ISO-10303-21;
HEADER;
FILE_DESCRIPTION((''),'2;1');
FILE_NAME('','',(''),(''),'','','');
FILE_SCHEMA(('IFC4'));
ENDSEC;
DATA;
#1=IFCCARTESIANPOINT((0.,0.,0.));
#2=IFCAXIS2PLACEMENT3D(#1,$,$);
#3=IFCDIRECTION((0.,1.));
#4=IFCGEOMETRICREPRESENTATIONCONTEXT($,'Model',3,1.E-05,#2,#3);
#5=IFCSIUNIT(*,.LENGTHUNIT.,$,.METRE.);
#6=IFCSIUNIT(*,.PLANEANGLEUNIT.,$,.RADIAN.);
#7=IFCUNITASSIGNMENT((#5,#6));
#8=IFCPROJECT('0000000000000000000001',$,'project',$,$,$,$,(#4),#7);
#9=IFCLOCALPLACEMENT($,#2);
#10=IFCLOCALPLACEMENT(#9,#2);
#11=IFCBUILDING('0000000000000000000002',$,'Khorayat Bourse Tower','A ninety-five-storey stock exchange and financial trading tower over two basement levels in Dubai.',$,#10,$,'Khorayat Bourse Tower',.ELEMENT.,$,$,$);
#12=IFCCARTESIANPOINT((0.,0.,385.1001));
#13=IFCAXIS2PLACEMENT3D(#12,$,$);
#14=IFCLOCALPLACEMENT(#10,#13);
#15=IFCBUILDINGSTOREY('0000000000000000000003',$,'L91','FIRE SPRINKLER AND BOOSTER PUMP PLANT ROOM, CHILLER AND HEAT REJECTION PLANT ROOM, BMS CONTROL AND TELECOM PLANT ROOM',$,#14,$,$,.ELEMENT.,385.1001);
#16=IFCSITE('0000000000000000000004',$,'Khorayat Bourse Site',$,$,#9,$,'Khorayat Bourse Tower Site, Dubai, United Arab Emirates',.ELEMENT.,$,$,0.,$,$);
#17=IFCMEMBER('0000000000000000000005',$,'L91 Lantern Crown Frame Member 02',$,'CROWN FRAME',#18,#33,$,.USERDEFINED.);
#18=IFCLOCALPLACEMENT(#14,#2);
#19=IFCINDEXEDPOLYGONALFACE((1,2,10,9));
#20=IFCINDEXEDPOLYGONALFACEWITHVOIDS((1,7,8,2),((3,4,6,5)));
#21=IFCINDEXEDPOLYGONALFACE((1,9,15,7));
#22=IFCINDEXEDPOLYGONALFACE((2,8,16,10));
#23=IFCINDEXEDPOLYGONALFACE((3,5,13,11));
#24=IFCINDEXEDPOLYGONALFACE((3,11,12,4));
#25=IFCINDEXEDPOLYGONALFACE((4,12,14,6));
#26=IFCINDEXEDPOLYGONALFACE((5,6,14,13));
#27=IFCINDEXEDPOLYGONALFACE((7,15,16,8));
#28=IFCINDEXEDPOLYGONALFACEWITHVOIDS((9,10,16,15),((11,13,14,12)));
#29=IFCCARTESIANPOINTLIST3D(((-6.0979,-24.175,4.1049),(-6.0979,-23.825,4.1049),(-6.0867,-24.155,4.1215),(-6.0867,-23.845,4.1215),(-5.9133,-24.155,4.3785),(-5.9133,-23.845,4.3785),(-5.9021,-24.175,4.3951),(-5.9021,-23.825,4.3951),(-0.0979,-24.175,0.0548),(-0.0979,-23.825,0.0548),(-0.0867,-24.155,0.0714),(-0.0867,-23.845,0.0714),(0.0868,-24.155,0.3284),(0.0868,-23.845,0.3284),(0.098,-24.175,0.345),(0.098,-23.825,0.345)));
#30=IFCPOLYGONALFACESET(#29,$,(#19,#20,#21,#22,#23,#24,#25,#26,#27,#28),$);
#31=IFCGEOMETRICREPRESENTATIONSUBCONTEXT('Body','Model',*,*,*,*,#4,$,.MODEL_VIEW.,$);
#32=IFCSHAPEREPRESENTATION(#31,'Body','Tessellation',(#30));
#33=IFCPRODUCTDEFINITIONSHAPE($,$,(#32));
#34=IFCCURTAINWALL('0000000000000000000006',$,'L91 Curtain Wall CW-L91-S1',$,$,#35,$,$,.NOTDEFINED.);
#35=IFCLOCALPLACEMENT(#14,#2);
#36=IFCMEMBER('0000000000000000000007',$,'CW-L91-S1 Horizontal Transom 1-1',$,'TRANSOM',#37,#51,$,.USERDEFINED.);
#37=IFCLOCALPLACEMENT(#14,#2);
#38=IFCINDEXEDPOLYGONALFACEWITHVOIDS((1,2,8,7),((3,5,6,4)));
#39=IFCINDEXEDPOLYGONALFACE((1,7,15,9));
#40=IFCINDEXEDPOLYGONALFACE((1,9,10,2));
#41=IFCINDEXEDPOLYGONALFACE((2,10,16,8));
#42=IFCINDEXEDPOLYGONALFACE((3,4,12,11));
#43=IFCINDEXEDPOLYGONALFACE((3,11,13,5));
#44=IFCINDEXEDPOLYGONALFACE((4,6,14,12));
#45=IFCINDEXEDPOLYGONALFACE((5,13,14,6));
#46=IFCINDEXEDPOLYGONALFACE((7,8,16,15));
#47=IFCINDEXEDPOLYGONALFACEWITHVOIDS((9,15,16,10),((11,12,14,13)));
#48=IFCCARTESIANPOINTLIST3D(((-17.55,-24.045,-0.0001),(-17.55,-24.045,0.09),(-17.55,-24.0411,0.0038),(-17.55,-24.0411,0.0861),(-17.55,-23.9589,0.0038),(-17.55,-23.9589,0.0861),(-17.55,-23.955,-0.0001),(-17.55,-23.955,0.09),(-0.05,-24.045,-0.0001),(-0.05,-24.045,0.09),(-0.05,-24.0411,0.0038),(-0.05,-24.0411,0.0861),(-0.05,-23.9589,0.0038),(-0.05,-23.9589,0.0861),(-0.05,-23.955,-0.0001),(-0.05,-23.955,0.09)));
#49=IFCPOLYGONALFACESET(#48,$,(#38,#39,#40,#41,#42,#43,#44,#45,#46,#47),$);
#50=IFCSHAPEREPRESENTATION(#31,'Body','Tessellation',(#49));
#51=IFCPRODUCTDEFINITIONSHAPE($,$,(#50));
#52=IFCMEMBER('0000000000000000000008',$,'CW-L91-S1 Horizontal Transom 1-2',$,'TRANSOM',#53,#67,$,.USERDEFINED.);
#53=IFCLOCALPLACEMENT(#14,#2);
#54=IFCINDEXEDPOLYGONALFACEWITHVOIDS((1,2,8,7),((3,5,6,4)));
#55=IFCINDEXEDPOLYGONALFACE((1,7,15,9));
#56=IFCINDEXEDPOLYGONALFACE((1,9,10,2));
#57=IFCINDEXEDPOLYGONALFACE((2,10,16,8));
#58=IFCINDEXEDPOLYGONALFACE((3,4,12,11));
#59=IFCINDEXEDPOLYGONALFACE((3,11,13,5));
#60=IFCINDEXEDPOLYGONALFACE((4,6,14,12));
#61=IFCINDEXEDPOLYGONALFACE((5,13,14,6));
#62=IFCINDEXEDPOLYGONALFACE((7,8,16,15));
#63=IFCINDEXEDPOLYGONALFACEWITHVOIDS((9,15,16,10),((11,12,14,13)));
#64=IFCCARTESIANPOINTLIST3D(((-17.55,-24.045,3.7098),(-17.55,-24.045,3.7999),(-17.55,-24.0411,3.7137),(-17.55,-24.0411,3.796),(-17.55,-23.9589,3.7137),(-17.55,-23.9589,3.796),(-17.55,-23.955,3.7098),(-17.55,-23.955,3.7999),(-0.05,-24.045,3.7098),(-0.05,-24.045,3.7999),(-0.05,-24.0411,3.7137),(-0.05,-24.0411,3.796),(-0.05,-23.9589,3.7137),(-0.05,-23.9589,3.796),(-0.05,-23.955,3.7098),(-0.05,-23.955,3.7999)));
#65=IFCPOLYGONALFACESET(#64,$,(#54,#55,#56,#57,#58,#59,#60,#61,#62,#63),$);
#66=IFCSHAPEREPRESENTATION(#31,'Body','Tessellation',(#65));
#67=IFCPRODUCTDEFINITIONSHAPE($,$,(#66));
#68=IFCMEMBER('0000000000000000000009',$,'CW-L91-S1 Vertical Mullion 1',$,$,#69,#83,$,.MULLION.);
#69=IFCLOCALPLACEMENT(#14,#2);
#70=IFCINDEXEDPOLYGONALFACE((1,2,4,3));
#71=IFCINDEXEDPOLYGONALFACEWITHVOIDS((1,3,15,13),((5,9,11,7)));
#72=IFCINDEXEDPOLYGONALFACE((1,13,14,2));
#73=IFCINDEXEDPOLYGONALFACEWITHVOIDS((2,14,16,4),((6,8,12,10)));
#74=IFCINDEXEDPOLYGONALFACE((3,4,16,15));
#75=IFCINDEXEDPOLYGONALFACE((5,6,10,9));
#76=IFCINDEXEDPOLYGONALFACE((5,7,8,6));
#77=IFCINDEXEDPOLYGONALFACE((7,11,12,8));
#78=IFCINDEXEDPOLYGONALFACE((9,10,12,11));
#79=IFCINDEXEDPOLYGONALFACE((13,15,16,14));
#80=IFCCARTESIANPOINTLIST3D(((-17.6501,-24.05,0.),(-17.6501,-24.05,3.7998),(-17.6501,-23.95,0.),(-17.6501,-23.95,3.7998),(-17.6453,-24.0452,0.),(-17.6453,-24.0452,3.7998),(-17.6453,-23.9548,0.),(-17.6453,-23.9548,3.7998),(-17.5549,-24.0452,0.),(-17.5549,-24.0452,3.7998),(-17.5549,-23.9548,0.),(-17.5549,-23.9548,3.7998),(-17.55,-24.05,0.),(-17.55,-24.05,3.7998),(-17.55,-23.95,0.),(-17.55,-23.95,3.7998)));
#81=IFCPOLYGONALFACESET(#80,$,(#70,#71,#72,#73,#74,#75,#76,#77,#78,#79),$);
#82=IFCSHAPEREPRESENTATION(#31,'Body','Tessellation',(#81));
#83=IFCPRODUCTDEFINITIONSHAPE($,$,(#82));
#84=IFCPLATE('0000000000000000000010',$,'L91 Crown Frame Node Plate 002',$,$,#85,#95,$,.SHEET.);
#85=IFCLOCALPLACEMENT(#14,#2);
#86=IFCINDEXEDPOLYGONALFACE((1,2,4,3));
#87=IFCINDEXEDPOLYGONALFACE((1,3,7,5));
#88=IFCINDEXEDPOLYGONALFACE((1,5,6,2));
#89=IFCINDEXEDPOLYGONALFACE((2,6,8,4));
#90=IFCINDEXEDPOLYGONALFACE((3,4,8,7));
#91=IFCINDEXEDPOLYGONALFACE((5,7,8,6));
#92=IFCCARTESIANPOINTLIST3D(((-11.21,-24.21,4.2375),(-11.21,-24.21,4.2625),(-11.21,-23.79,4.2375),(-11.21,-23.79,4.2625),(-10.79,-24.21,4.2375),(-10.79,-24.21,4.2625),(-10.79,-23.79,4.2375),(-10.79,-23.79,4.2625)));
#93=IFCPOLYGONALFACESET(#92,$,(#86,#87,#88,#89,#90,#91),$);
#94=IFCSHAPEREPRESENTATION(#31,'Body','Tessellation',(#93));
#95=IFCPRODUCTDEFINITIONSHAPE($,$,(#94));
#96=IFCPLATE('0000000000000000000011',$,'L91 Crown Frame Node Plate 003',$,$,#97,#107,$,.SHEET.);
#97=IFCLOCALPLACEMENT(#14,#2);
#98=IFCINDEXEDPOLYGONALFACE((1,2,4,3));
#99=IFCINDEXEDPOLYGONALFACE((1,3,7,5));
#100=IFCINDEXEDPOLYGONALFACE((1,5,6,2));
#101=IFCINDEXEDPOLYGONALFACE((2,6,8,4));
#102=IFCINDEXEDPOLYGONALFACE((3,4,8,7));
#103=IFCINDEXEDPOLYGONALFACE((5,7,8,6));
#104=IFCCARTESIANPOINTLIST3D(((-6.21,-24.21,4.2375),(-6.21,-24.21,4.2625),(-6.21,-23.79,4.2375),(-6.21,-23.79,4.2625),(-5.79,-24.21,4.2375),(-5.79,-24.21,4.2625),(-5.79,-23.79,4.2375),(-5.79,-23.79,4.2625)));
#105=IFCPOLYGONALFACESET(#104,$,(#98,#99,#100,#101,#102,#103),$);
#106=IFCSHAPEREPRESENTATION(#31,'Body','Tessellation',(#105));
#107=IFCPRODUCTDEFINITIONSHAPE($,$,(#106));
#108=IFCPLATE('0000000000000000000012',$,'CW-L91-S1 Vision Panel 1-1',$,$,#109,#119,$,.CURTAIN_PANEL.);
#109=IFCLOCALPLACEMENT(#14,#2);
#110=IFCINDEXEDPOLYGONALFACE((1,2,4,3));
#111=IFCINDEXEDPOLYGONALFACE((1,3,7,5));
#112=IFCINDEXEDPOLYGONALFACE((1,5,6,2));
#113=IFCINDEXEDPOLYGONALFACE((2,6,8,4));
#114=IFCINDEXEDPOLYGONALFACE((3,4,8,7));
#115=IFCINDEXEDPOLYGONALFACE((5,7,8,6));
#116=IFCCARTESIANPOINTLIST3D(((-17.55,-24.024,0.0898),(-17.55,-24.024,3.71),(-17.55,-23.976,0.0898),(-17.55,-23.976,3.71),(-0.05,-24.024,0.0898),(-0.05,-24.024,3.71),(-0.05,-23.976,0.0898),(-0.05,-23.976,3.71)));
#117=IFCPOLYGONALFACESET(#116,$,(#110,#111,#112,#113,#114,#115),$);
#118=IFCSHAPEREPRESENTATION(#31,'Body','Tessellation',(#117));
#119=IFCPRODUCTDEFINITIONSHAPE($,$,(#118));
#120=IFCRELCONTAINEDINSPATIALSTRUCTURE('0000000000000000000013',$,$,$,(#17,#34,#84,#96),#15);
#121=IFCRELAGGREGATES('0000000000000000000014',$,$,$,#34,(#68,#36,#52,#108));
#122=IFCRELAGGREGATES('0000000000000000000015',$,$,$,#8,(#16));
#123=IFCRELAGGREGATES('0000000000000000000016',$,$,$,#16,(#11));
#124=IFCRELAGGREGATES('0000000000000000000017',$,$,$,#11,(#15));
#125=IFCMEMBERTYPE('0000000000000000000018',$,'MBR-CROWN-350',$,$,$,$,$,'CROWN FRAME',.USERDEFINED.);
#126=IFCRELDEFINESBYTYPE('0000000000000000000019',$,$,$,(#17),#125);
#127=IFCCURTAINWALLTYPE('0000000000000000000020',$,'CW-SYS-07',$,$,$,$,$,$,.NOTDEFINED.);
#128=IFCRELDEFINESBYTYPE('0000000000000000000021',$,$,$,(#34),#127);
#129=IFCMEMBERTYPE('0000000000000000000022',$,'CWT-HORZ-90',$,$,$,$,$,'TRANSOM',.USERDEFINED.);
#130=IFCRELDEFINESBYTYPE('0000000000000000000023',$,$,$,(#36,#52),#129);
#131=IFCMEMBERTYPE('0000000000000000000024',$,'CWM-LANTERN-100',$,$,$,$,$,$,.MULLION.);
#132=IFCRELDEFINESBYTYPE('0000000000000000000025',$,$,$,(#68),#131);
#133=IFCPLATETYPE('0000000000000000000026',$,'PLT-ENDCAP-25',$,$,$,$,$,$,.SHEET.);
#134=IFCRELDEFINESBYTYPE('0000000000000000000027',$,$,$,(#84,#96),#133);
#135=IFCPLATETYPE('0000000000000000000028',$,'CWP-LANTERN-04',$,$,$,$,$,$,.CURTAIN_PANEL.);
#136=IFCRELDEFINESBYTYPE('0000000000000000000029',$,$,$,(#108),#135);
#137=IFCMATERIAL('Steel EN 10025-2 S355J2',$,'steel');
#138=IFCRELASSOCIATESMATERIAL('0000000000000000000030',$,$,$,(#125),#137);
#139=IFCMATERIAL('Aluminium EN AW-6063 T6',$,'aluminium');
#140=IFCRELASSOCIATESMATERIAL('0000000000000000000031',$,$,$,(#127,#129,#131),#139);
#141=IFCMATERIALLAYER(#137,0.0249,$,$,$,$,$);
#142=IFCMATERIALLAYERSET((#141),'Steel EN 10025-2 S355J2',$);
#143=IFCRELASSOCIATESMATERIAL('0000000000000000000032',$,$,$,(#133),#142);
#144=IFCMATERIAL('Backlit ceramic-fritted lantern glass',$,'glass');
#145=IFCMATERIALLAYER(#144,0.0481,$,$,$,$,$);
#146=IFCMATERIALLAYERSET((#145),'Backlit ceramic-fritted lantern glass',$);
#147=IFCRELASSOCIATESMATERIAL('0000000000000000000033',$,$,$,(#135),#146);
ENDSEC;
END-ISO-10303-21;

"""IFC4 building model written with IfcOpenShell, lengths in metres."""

from ifc_helpers import new_model, si_unit, direction, frame, origin, origin_2d, place, context, subcontext, project, spatial, rectangle, hollow_rectangle, extrude, source, transform, mapped, material, layer, layer_set, material_profile, profile_set, type_object, element, aggregate, save


model = new_model("IFC4")

# Units and contexts
model_context = context("Model", 3, precision=1e-05, world=origin(), true_north=direction((0.0, 1.0)))
body_context = subcontext(model_context, "Body", "Model", "MODEL_VIEW")
ifc_project = project(units=[si_unit("LENGTHUNIT", "METRE"), si_unit("PLANEANGLEUNIT", "RADIAN")], contexts=[model_context])

# Site, building, storey
site_placement = place(None, origin())
site = spatial("IfcSite", under=ifc_project, at=site_placement, Name="Khorayat Bourse Site", LongName="Khorayat Bourse Tower Site, Dubai, United Arab Emirates", CompositionType="ELEMENT", RefElevation=0.0)
building_placement = place(site_placement, origin())
building = spatial("IfcBuilding", under=site, at=building_placement, Name="Khorayat Bourse Tower", Description="A ninety-five-storey stock exchange and financial trading tower over two basement levels in Dubai.", LongName="Khorayat Bourse Tower", CompositionType="ELEMENT")
storey_placement = place(building_placement, frame((0.0, 0.0, 385.1001)))
storey = spatial("IfcBuildingStorey", under=building, at=storey_placement, Name="L91", Description="FIRE SPRINKLER AND BOOSTER PUMP PLANT ROOM, CHILLER AND HEAT REJECTION PLANT ROOM, BMS CONTROL AND TELECOM PLANT ROOM", CompositionType="ELEMENT", Elevation=385.1001)

# Shared definitions
ifc_material_1 = material(Name="Steel EN 10025-2 S355J2", Category="steel")

# Member
ifc_material_profile_1 = material_profile(ifc_material_1, hollow_rectangle(XDim=0.3501, YDim=0.3501, WallThickness=0.02, at=origin_2d()), Name="HSS 350x350x20")
ifc_profile_set_1 = profile_set([ifc_material_profile_1], Name="Steel EN 10025-2 S355J2")
member_type_1 = type_object("IfcMemberType", Name="MBR-CROWN-350", ElementType="CROWN FRAME", PredefinedType="USERDEFINED", material=ifc_profile_set_1)
shared_shape_1 = source(origin(), body_context, "Body", "SweptSolid", [
    extrude(hollow_rectangle(XDim=0.3501, YDim=0.3501, WallThickness=0.02, at=origin_2d()), origin(), (0.0, 0.0, 1.0), 7.239),
])
member_1_placement = place(storey_placement, frame((-6.0, -24.0, 4.25), z_axis=(0.828846, 0.0, -0.559477), x_axis=(0.0, 1.0, 0.0)))
element("IfcMember", 1, at=member_1_placement, inside=storey, type_object=member_type_1, Name="L91 Lantern Crown Frame Member 02", ObjectType="CROWN FRAME", PredefinedType="USERDEFINED", context=body_context, shape_type="MappedRepresentation", body=[
    mapped(shared_shape_1, transform((0.0, 0.0, 0.0), scale=1.0)),
])

# Curtain wall, members
ifc_material_2 = material(Name="Aluminium EN AW-6063 T6", Category="aluminium")
curtain_wall_type = type_object("IfcCurtainWallType", Name="CW-SYS-07", PredefinedType="NOTDEFINED", material=ifc_material_2)
curtain_wall_placement = place(storey_placement, origin())
curtain_wall = element("IfcCurtainWall", 2, at=curtain_wall_placement, inside=storey, type_object=curtain_wall_type, Name="L91 Curtain Wall CW-L91-S1", PredefinedType="NOTDEFINED")
ifc_material_profile_2 = material_profile(ifc_material_2, hollow_rectangle(XDim=0.0901, YDim=0.0901, WallThickness=0.0039, at=origin_2d()), Name="ALU 90x90x4")
ifc_profile_set_2 = profile_set([ifc_material_profile_2], Name="Aluminium EN AW-6063 T6")
member_type_2 = type_object("IfcMemberType", Name="CWT-HORZ-90", ElementType="TRANSOM", PredefinedType="USERDEFINED", material=ifc_profile_set_2)
shared_shape_2 = source(origin(), body_context, "Body", "SweptSolid", [
    extrude(hollow_rectangle(XDim=0.0901, YDim=0.0901, WallThickness=0.0039, at=origin_2d()), origin(), (0.0, 0.0, 1.0), 17.5),
])
member_2_placement = place(storey_placement, frame((-17.55, -24.0, 0.0449), z_axis=(1.0, 0.0, 0.0), x_axis=(0.0, 1.0, 0.0)))
member_2 = element("IfcMember", 3, at=member_2_placement, type_object=member_type_2, Name="CW-L91-S1 Horizontal Transom 1-1", ObjectType="TRANSOM", PredefinedType="USERDEFINED", context=body_context, shape_type="MappedRepresentation", body=[
    mapped(shared_shape_2, transform((0.0, 0.0, 0.0), scale=1.0)),
])
member_3_placement = place(storey_placement, frame((-17.55, -24.0, 3.7549), z_axis=(1.0, 0.0, 0.0), x_axis=(0.0, 1.0, 0.0)))
member_3 = element("IfcMember", 4, at=member_3_placement, type_object=member_type_2, Name="CW-L91-S1 Horizontal Transom 1-2", ObjectType="TRANSOM", PredefinedType="USERDEFINED", context=body_context, shape_type="MappedRepresentation", body=[
    mapped(shared_shape_2, transform((0.0, 0.0, 0.0), scale=1.0)),
])
ifc_material_profile_3 = material_profile(ifc_material_2, hollow_rectangle(XDim=0.1001, YDim=0.1001, WallThickness=0.0049, at=origin_2d()), Name="ALU 100x100x5")
ifc_profile_set_3 = profile_set([ifc_material_profile_3], Name="Aluminium EN AW-6063 T6")
member_type_3 = type_object("IfcMemberType", Name="CWM-LANTERN-100", PredefinedType="MULLION", material=ifc_profile_set_3)
shared_shape_3 = source(origin(), body_context, "Body", "SweptSolid", [
    extrude(hollow_rectangle(XDim=0.1001, YDim=0.1001, WallThickness=0.0049, at=origin_2d()), origin(), (0.0, 0.0, 1.0), 3.7998),
])
member_4_placement = place(storey_placement, frame((-17.6001, -24.0, 0.0), z_axis=(0.0, 0.0, 1.0), x_axis=(0.0, 1.0, 0.0)))
member_4 = element("IfcMember", 5, at=member_4_placement, type_object=member_type_3, Name="CW-L91-S1 Vertical Mullion 1", PredefinedType="MULLION", context=body_context, shape_type="MappedRepresentation", body=[
    mapped(shared_shape_3, transform((0.0, 0.0, 0.0), scale=1.0)),
])

# Plates
ifc_layer_1 = layer(ifc_material_1, 0.0249)
ifc_layer_set_1 = layer_set([ifc_layer_1], Name="Steel EN 10025-2 S355J2")
plate_type_1 = type_object("IfcPlateType", Name="PLT-ENDCAP-25", PredefinedType="SHEET", material=ifc_layer_set_1)
shared_shape_4 = source(origin(), body_context, "Body", "SweptSolid", [
    extrude(rectangle(XDim=0.4199, YDim=0.4199, at=origin_2d()), origin(), (0.0, 0.0, 1.0), 0.0249),
])
for number, where, z_axis, x_axis, name in (
    (6, (-11.0, -24.0, 4.2375), (0.0, 0.0, 1.0), (1.0, 0.0, 0.0), "L91 Crown Frame Node Plate 002"),
    (7, (-6.0, -24.0, 4.2375), (0.0, 0.0, 1.0), (1.0, 0.0, 0.0), "L91 Crown Frame Node Plate 003"),
):
    element("IfcPlate", number, at=place(storey_placement, frame(where, z_axis=z_axis, x_axis=x_axis)), inside=storey, type_object=plate_type_1, Name=name, PredefinedType="SHEET", context=body_context, shape_type="MappedRepresentation", body=[
        mapped(shared_shape_4, transform((0.0, 0.0, 0.0), scale=1.0)),
    ])

# Plate
ifc_material_3 = material(Name="Backlit ceramic-fritted lantern glass", Category="glass")
ifc_layer_2 = layer(ifc_material_3, 0.0481)
ifc_layer_set_2 = layer_set([ifc_layer_2], Name="Backlit ceramic-fritted lantern glass")
plate_type_2 = type_object("IfcPlateType", Name="CWP-LANTERN-04", PredefinedType="CURTAIN_PANEL", material=ifc_layer_set_2)
shared_shape_5 = source(origin(), body_context, "Body", "SweptSolid", [
    extrude(rectangle(XDim=17.5, YDim=0.0481, at=origin_2d()), origin(), (0.0, 0.0, 1.0), 3.6201),
])
plate_placement = place(storey_placement, frame((-8.8, -24.0, 0.0898), z_axis=(0.0, 0.0, 1.0), x_axis=(1.0, 0.0, 0.0)))
plate = element("IfcPlate", 8, at=plate_placement, type_object=plate_type_2, Name="CW-L91-S1 Vision Panel 1-1", PredefinedType="CURTAIN_PANEL", context=body_context, shape_type="MappedRepresentation", body=[
    mapped(shared_shape_5, transform((0.0, 0.0, 0.0), scale=1.0)),
])
aggregate(curtain_wall, [member_4, member_2, member_3, plate])

save(model, "model.ifc")
